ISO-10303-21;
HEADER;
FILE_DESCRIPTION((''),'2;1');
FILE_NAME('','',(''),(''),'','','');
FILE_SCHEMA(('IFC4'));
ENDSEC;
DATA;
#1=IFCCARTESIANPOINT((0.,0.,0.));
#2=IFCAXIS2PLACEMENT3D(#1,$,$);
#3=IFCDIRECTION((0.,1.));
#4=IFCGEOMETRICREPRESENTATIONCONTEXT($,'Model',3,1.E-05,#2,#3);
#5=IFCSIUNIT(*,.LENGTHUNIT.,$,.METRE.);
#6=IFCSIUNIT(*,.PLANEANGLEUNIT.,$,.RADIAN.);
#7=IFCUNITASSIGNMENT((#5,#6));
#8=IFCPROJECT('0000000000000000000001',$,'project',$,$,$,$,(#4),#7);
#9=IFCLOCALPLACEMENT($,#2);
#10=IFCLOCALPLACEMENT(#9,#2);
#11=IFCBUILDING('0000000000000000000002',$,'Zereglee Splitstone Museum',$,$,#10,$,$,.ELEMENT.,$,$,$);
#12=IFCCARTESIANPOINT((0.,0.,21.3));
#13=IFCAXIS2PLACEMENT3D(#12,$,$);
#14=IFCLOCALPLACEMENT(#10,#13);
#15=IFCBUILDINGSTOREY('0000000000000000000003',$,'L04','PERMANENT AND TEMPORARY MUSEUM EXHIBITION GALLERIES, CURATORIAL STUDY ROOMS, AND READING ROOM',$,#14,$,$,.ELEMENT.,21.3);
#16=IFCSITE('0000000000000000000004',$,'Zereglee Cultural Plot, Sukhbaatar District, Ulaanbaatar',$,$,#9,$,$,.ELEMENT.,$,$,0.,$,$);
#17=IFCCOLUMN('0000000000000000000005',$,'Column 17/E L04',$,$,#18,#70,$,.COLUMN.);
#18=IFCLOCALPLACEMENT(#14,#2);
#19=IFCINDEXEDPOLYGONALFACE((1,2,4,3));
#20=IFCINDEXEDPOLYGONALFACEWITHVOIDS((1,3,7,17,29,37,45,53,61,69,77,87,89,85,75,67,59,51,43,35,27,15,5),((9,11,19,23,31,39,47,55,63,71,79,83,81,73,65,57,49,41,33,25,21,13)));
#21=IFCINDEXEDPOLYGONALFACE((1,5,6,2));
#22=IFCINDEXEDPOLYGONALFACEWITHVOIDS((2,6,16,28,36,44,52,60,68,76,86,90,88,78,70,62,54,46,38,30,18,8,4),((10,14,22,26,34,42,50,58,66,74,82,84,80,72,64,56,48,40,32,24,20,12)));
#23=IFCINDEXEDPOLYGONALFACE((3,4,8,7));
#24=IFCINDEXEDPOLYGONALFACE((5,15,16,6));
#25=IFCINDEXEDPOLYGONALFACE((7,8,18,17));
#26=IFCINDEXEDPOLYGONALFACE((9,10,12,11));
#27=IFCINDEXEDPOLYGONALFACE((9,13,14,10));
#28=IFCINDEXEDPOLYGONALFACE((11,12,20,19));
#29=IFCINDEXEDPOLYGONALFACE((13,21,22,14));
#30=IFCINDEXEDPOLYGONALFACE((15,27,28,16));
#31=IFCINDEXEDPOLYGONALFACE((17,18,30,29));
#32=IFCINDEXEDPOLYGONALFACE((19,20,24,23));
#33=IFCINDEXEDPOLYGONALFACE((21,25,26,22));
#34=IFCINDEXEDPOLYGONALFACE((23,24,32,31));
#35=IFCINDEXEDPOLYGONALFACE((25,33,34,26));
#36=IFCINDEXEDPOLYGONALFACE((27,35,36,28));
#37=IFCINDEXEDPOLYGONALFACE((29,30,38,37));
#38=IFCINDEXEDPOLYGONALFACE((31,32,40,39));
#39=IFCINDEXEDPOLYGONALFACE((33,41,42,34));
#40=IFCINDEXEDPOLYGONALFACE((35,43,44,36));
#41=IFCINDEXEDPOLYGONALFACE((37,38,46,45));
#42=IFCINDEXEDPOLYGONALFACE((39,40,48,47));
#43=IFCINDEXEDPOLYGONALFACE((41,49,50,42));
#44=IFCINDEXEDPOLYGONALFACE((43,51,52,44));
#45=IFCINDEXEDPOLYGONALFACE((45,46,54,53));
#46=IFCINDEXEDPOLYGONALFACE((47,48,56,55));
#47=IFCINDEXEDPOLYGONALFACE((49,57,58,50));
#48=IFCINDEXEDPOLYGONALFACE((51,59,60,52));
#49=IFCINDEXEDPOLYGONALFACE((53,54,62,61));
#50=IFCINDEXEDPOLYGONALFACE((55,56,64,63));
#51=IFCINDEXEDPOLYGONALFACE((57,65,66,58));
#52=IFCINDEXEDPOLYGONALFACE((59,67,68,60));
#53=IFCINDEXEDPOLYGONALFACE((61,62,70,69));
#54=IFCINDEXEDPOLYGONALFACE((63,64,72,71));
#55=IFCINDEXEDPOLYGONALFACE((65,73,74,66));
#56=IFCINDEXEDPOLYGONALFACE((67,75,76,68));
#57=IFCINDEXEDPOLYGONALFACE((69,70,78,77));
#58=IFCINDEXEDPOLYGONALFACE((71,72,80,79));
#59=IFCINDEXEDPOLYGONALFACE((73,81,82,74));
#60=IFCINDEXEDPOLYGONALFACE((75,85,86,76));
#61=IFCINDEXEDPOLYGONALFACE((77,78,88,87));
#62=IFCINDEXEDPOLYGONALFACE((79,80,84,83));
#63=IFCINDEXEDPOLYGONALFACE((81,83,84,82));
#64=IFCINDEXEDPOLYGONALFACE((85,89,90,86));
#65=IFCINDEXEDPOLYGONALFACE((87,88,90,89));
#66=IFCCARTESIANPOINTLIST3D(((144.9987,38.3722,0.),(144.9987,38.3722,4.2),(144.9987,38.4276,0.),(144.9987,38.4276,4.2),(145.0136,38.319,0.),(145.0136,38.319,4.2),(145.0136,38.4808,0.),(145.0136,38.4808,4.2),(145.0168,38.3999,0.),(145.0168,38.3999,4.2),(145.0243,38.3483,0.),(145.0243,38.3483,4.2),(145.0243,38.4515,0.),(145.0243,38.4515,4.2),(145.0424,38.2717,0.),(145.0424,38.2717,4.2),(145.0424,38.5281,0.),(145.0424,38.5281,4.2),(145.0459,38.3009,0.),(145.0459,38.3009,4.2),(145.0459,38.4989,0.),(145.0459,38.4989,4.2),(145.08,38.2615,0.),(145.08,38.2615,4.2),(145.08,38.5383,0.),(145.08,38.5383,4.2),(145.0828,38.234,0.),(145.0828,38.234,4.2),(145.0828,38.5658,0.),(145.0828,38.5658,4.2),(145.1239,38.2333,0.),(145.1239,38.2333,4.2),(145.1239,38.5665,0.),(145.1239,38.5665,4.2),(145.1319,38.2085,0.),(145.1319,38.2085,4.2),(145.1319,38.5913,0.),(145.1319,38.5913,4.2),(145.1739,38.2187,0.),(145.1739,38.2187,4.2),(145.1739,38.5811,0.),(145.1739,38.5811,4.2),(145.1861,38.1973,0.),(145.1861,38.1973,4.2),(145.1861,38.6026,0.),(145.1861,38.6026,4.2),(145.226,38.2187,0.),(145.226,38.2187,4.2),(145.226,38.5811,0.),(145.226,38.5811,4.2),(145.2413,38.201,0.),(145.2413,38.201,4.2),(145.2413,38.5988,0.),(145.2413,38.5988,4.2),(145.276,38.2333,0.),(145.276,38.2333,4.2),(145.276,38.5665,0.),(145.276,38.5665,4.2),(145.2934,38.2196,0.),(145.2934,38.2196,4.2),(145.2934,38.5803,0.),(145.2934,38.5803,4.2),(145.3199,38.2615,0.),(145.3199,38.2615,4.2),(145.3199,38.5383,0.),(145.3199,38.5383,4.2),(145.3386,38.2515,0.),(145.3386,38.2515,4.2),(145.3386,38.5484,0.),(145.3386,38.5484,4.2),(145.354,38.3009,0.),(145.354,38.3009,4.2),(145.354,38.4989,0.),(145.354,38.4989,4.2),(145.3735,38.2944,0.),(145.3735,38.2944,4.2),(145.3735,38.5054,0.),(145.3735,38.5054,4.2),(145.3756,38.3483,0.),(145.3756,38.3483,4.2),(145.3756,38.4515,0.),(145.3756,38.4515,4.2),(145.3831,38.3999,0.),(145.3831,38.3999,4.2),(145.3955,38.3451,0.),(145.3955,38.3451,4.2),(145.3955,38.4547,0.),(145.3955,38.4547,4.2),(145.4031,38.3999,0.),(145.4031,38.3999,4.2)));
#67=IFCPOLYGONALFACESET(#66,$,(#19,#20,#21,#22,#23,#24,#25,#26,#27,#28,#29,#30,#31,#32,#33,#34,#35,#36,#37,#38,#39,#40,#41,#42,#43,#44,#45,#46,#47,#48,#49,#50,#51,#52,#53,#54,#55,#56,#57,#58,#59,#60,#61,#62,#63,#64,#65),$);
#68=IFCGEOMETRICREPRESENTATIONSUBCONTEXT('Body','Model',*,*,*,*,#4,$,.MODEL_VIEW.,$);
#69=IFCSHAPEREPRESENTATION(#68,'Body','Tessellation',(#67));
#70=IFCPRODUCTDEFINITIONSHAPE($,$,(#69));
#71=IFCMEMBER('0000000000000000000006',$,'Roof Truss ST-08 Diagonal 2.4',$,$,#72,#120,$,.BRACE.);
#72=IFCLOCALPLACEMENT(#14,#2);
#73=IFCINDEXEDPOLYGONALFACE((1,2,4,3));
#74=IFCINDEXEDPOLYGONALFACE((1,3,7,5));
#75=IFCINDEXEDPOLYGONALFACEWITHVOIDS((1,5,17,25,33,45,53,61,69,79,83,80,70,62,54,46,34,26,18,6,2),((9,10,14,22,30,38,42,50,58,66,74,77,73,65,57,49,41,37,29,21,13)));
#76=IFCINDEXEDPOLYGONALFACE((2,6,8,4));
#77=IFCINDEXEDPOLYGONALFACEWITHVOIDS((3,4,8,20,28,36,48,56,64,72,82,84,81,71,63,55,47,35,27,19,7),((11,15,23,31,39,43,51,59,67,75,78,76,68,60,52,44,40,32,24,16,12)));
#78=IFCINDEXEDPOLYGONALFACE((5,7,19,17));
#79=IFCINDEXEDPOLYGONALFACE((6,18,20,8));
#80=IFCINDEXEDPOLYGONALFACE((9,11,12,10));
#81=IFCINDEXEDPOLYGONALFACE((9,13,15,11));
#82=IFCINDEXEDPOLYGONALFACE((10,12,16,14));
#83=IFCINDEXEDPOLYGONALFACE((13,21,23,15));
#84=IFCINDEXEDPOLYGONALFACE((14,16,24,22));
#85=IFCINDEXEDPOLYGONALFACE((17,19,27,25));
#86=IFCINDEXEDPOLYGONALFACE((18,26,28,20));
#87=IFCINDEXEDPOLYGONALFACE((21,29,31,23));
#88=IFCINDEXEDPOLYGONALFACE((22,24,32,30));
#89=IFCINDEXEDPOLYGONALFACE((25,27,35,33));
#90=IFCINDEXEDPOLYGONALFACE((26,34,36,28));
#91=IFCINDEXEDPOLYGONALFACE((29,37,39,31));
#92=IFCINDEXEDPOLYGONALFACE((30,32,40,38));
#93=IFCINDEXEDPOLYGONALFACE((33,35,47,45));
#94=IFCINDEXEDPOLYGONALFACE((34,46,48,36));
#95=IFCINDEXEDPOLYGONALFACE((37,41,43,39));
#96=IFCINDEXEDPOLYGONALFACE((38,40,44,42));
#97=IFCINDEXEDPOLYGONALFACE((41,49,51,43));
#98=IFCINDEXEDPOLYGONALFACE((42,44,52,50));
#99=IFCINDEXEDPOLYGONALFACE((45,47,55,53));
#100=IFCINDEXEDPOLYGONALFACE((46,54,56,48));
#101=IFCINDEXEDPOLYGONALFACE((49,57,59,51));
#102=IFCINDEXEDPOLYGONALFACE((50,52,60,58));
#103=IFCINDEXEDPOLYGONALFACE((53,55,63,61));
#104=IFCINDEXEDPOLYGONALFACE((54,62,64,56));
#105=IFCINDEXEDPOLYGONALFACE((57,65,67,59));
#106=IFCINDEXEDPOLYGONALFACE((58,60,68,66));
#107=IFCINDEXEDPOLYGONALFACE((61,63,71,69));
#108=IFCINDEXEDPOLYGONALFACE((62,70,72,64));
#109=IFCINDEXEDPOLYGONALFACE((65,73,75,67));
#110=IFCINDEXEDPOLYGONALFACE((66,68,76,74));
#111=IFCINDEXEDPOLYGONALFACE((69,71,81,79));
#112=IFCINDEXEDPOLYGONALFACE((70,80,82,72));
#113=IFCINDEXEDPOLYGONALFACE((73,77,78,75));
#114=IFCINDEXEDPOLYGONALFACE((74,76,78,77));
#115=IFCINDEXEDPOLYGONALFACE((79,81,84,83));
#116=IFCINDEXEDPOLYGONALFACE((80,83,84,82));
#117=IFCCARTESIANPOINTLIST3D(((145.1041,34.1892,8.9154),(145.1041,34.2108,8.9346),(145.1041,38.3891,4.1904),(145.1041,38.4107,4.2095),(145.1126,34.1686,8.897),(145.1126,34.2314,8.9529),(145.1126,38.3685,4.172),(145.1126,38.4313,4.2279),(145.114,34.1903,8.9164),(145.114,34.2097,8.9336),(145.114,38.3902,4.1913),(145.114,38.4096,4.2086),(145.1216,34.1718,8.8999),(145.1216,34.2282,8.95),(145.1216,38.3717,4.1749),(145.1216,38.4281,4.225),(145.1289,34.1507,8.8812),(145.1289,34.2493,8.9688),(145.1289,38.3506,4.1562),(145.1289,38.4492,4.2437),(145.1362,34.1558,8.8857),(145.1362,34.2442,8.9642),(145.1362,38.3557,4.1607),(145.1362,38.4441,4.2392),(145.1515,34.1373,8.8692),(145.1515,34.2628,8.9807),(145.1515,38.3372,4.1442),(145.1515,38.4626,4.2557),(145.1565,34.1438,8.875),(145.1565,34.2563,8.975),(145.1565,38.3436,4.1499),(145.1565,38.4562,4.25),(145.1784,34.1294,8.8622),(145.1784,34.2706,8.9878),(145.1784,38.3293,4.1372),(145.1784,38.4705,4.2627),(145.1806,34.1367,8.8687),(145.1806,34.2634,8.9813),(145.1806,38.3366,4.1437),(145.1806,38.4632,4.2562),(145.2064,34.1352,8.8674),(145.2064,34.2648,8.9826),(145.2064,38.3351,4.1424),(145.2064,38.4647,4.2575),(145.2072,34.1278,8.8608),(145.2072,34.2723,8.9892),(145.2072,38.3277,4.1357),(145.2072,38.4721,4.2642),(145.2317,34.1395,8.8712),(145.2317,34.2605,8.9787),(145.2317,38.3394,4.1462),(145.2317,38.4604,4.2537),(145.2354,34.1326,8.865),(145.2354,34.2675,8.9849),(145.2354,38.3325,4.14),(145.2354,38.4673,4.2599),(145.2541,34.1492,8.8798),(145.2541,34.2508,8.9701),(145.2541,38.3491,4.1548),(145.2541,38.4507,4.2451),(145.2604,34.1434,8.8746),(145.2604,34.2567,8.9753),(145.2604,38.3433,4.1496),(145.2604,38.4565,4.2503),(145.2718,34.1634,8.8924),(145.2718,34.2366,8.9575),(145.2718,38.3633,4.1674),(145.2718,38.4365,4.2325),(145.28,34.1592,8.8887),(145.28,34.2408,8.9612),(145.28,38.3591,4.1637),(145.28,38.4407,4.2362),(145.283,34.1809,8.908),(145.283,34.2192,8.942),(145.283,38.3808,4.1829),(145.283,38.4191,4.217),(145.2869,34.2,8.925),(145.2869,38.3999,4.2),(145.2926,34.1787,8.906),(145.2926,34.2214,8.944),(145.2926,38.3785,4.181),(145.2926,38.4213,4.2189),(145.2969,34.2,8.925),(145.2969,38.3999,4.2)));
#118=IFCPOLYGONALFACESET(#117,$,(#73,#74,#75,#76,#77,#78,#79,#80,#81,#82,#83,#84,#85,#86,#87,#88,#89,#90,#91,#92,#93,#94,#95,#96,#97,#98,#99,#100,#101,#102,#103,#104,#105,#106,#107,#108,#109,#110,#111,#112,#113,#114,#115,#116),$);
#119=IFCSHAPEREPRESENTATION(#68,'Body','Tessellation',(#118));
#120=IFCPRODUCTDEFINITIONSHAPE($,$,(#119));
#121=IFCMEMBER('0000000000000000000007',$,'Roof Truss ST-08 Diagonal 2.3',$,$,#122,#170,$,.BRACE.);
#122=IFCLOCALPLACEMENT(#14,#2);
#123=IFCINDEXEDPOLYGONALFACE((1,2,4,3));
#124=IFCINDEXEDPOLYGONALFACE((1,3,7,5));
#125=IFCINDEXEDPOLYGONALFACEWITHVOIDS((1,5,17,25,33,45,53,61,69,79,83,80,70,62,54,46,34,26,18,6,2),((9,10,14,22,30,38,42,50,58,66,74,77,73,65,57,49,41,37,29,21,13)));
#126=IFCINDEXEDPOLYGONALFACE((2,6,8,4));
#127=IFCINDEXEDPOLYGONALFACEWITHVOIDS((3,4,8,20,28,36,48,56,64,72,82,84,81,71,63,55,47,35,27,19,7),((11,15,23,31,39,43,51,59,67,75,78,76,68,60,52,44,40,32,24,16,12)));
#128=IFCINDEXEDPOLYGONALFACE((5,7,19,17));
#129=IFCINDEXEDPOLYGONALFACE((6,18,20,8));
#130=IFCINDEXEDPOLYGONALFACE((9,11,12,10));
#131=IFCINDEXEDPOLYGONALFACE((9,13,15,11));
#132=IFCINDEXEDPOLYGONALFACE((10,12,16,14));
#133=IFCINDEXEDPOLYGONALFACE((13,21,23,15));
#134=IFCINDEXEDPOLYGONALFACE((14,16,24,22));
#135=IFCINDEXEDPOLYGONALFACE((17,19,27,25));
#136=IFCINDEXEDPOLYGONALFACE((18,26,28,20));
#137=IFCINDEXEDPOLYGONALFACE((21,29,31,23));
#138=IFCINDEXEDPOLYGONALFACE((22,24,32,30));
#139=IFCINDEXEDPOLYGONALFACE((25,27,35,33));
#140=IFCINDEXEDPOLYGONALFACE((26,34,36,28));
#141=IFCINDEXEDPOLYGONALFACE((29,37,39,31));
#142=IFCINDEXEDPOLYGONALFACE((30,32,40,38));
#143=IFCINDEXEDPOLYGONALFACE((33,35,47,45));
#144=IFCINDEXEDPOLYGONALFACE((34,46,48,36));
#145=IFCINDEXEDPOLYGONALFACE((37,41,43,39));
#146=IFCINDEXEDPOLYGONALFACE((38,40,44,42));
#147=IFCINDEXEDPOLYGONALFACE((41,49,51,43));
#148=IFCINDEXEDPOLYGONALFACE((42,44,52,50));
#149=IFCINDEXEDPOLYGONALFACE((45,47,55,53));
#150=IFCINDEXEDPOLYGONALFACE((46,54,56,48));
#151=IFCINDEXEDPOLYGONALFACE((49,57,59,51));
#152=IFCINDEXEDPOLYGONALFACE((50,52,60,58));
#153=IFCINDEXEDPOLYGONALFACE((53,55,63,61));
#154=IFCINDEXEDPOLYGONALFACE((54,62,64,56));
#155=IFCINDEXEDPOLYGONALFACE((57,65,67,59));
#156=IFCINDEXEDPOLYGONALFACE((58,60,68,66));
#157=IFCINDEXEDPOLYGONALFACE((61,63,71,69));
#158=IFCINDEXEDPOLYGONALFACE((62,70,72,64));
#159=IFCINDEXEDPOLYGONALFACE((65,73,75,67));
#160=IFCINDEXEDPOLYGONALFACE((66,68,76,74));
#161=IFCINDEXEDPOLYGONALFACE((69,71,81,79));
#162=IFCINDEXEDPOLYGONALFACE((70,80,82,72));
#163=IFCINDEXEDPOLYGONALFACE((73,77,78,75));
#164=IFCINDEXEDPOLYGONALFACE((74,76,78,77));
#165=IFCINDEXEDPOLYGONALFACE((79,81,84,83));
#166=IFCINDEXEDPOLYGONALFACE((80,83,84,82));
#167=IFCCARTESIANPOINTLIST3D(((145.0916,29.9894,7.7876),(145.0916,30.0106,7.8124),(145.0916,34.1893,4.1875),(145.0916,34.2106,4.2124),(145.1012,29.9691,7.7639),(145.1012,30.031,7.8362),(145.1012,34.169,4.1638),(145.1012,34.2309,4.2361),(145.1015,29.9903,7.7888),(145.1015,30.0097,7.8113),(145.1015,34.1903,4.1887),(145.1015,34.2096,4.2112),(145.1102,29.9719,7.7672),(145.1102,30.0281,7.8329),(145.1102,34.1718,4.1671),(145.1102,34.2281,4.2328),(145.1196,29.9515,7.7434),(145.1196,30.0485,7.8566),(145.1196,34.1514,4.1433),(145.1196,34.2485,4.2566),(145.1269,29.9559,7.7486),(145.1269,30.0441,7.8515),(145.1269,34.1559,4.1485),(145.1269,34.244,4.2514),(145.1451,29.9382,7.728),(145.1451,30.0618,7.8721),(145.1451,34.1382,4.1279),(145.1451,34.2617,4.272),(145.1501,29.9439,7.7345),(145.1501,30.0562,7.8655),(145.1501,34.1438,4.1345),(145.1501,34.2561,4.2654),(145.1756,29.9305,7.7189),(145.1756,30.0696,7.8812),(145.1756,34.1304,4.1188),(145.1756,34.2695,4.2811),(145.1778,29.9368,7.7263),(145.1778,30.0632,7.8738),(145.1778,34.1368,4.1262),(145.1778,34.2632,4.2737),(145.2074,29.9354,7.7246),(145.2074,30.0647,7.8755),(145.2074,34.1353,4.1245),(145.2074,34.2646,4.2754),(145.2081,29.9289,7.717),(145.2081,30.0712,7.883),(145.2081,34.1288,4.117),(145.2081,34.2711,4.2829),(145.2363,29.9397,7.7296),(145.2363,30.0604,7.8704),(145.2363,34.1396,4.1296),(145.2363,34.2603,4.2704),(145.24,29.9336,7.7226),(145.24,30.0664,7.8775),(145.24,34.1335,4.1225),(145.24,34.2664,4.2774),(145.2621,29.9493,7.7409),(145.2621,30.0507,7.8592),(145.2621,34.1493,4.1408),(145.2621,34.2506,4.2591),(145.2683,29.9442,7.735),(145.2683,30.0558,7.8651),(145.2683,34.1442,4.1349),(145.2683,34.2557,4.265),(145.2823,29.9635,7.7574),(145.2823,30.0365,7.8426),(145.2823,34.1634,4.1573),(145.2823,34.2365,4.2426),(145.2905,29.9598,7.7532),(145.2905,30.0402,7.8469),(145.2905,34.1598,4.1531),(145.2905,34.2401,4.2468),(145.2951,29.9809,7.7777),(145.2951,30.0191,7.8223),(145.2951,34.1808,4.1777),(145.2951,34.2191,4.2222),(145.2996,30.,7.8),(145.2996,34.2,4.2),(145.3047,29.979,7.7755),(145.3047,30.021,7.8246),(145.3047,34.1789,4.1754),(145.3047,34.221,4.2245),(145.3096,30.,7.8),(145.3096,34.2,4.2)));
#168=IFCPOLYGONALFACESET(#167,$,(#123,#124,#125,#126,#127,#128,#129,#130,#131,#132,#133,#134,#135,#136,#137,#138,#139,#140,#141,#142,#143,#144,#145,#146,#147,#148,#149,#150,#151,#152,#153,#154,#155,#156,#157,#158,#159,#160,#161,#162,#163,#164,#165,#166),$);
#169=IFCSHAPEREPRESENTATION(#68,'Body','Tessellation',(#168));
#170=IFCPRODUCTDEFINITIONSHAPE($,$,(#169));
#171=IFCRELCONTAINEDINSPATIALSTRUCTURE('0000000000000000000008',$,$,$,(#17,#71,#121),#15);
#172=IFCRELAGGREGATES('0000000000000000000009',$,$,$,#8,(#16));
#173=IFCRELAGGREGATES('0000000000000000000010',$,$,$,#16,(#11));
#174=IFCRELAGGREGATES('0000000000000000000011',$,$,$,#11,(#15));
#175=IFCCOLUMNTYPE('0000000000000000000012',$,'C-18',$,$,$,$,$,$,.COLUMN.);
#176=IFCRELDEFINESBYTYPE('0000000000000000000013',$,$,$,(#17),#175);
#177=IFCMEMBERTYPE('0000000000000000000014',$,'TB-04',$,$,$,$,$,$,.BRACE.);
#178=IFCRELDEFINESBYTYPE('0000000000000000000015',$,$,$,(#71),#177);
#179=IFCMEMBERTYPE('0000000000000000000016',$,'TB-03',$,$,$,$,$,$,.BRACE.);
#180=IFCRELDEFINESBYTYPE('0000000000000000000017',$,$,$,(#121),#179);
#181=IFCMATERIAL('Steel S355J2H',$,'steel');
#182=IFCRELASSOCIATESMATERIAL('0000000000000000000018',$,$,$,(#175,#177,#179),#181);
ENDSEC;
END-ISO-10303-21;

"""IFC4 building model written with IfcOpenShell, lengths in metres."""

from ifc_helpers import new_model, si_unit, direction, frame, origin, origin_2d, place, context, subcontext, project, spatial, hollow_circle, extrude, material, material_profile, profile_set, type_object, element, save


model = new_model("IFC4")

# Units and contexts
model_context = context("Model", 3, precision=1e-05, world=origin(), true_north=direction((0.0, 1.0)))
body_context = subcontext(model_context, "Body", "Model", "MODEL_VIEW")
ifc_project = project(units=[si_unit("LENGTHUNIT", "METRE"), si_unit("PLANEANGLEUNIT", "RADIAN")], contexts=[model_context])

# Site, building, storey
site_placement = place(None, origin())
site = spatial("IfcSite", under=ifc_project, at=site_placement, Name="Zereglee Cultural Plot, Sukhbaatar District, Ulaanbaatar", CompositionType="ELEMENT", RefElevation=0.0)
building_placement = place(site_placement, origin())
building = spatial("IfcBuilding", under=site, at=building_placement, Name="Zereglee Splitstone Museum", CompositionType="ELEMENT")
storey_placement = place(building_placement, frame((0.0, 0.0, 21.3)))
storey = spatial("IfcBuildingStorey", under=building, at=storey_placement, Name="L04", Description="PERMANENT AND TEMPORARY MUSEUM EXHIBITION GALLERIES, CURATORIAL STUDY ROOMS, AND READING ROOM", CompositionType="ELEMENT", Elevation=21.3)

# Column
ifc_material_1 = material(Name="Steel S355J2H", Category="steel")
ifc_material_profile_1 = material_profile(ifc_material_1, hollow_circle(Radius=0.2031, WallThickness=0.02, at=origin_2d()), Name="CHS 406.4x20")
ifc_profile_set_1 = profile_set([ifc_material_profile_1], Name="Steel S355J2H")
column_type = type_object("IfcColumnType", Name="C-18", PredefinedType="COLUMN", material=ifc_profile_set_1)
column_placement = place(storey_placement, frame((145.2, 38.3999, 0.0), z_axis=(0.0, 0.0, 1.0), x_axis=(1.0, 0.0, 0.0)))
element("IfcColumn", 1, at=column_placement, inside=storey, type_object=column_type, Name="Column 17/E L04", PredefinedType="COLUMN", context=body_context, shape_type="SweptSolid", body=[
    extrude(hollow_circle(Radius=0.2031, WallThickness=0.02, at=origin_2d()), origin(), (0.0, 0.0, 1.0), 4.2),
])

# Members
ifc_material_profile_2 = material_profile(ifc_material_1, hollow_circle(Radius=0.0969, WallThickness=0.01, at=origin_2d()), Name="CHS 193.7x10")
ifc_profile_set_2 = profile_set([ifc_material_profile_2], Name="Steel S355J2H")
member_type_1 = type_object("IfcMemberType", Name="TB-04", PredefinedType="BRACE", material=ifc_profile_set_2)
member_1_placement = place(storey_placement, frame((145.2, 38.3999, 4.2), z_axis=(0.0, -0.664352, 0.74742), x_axis=(1.0, 0.0, 0.0)))
element("IfcMember", 2, at=member_1_placement, inside=storey, type_object=member_type_1, Name="Roof Truss ST-08 Diagonal 2.4", PredefinedType="BRACE", context=body_context, shape_type="SweptSolid", body=[
    extrude(hollow_circle(Radius=0.0969, WallThickness=0.01, at=origin_2d()), origin(), (0.0, 0.0, 1.0), 6.3218),
])
ifc_material_profile_3 = material_profile(ifc_material_1, hollow_circle(Radius=0.1096, WallThickness=0.01, at=origin_2d()), Name="CHS 219.1x10")
ifc_profile_set_3 = profile_set([ifc_material_profile_3], Name="Steel S355J2H")
member_type_2 = type_object("IfcMemberType", Name="TB-03", PredefinedType="BRACE", material=ifc_profile_set_3)
member_2_placement = place(storey_placement, frame((145.2, 34.2, 4.2), z_axis=(0.0, -0.759244, 0.650806), x_axis=(1.0, 0.0, 0.0)))
element("IfcMember", 3, at=member_2_placement, inside=storey, type_object=member_type_2, Name="Roof Truss ST-08 Diagonal 2.3", PredefinedType="BRACE", context=body_context, shape_type="SweptSolid", body=[
    extrude(hollow_circle(Radius=0.1096, WallThickness=0.01, at=origin_2d()), origin(), (0.0, 0.0, 1.0), 5.5317),
])

save(model, "model.ifc")
